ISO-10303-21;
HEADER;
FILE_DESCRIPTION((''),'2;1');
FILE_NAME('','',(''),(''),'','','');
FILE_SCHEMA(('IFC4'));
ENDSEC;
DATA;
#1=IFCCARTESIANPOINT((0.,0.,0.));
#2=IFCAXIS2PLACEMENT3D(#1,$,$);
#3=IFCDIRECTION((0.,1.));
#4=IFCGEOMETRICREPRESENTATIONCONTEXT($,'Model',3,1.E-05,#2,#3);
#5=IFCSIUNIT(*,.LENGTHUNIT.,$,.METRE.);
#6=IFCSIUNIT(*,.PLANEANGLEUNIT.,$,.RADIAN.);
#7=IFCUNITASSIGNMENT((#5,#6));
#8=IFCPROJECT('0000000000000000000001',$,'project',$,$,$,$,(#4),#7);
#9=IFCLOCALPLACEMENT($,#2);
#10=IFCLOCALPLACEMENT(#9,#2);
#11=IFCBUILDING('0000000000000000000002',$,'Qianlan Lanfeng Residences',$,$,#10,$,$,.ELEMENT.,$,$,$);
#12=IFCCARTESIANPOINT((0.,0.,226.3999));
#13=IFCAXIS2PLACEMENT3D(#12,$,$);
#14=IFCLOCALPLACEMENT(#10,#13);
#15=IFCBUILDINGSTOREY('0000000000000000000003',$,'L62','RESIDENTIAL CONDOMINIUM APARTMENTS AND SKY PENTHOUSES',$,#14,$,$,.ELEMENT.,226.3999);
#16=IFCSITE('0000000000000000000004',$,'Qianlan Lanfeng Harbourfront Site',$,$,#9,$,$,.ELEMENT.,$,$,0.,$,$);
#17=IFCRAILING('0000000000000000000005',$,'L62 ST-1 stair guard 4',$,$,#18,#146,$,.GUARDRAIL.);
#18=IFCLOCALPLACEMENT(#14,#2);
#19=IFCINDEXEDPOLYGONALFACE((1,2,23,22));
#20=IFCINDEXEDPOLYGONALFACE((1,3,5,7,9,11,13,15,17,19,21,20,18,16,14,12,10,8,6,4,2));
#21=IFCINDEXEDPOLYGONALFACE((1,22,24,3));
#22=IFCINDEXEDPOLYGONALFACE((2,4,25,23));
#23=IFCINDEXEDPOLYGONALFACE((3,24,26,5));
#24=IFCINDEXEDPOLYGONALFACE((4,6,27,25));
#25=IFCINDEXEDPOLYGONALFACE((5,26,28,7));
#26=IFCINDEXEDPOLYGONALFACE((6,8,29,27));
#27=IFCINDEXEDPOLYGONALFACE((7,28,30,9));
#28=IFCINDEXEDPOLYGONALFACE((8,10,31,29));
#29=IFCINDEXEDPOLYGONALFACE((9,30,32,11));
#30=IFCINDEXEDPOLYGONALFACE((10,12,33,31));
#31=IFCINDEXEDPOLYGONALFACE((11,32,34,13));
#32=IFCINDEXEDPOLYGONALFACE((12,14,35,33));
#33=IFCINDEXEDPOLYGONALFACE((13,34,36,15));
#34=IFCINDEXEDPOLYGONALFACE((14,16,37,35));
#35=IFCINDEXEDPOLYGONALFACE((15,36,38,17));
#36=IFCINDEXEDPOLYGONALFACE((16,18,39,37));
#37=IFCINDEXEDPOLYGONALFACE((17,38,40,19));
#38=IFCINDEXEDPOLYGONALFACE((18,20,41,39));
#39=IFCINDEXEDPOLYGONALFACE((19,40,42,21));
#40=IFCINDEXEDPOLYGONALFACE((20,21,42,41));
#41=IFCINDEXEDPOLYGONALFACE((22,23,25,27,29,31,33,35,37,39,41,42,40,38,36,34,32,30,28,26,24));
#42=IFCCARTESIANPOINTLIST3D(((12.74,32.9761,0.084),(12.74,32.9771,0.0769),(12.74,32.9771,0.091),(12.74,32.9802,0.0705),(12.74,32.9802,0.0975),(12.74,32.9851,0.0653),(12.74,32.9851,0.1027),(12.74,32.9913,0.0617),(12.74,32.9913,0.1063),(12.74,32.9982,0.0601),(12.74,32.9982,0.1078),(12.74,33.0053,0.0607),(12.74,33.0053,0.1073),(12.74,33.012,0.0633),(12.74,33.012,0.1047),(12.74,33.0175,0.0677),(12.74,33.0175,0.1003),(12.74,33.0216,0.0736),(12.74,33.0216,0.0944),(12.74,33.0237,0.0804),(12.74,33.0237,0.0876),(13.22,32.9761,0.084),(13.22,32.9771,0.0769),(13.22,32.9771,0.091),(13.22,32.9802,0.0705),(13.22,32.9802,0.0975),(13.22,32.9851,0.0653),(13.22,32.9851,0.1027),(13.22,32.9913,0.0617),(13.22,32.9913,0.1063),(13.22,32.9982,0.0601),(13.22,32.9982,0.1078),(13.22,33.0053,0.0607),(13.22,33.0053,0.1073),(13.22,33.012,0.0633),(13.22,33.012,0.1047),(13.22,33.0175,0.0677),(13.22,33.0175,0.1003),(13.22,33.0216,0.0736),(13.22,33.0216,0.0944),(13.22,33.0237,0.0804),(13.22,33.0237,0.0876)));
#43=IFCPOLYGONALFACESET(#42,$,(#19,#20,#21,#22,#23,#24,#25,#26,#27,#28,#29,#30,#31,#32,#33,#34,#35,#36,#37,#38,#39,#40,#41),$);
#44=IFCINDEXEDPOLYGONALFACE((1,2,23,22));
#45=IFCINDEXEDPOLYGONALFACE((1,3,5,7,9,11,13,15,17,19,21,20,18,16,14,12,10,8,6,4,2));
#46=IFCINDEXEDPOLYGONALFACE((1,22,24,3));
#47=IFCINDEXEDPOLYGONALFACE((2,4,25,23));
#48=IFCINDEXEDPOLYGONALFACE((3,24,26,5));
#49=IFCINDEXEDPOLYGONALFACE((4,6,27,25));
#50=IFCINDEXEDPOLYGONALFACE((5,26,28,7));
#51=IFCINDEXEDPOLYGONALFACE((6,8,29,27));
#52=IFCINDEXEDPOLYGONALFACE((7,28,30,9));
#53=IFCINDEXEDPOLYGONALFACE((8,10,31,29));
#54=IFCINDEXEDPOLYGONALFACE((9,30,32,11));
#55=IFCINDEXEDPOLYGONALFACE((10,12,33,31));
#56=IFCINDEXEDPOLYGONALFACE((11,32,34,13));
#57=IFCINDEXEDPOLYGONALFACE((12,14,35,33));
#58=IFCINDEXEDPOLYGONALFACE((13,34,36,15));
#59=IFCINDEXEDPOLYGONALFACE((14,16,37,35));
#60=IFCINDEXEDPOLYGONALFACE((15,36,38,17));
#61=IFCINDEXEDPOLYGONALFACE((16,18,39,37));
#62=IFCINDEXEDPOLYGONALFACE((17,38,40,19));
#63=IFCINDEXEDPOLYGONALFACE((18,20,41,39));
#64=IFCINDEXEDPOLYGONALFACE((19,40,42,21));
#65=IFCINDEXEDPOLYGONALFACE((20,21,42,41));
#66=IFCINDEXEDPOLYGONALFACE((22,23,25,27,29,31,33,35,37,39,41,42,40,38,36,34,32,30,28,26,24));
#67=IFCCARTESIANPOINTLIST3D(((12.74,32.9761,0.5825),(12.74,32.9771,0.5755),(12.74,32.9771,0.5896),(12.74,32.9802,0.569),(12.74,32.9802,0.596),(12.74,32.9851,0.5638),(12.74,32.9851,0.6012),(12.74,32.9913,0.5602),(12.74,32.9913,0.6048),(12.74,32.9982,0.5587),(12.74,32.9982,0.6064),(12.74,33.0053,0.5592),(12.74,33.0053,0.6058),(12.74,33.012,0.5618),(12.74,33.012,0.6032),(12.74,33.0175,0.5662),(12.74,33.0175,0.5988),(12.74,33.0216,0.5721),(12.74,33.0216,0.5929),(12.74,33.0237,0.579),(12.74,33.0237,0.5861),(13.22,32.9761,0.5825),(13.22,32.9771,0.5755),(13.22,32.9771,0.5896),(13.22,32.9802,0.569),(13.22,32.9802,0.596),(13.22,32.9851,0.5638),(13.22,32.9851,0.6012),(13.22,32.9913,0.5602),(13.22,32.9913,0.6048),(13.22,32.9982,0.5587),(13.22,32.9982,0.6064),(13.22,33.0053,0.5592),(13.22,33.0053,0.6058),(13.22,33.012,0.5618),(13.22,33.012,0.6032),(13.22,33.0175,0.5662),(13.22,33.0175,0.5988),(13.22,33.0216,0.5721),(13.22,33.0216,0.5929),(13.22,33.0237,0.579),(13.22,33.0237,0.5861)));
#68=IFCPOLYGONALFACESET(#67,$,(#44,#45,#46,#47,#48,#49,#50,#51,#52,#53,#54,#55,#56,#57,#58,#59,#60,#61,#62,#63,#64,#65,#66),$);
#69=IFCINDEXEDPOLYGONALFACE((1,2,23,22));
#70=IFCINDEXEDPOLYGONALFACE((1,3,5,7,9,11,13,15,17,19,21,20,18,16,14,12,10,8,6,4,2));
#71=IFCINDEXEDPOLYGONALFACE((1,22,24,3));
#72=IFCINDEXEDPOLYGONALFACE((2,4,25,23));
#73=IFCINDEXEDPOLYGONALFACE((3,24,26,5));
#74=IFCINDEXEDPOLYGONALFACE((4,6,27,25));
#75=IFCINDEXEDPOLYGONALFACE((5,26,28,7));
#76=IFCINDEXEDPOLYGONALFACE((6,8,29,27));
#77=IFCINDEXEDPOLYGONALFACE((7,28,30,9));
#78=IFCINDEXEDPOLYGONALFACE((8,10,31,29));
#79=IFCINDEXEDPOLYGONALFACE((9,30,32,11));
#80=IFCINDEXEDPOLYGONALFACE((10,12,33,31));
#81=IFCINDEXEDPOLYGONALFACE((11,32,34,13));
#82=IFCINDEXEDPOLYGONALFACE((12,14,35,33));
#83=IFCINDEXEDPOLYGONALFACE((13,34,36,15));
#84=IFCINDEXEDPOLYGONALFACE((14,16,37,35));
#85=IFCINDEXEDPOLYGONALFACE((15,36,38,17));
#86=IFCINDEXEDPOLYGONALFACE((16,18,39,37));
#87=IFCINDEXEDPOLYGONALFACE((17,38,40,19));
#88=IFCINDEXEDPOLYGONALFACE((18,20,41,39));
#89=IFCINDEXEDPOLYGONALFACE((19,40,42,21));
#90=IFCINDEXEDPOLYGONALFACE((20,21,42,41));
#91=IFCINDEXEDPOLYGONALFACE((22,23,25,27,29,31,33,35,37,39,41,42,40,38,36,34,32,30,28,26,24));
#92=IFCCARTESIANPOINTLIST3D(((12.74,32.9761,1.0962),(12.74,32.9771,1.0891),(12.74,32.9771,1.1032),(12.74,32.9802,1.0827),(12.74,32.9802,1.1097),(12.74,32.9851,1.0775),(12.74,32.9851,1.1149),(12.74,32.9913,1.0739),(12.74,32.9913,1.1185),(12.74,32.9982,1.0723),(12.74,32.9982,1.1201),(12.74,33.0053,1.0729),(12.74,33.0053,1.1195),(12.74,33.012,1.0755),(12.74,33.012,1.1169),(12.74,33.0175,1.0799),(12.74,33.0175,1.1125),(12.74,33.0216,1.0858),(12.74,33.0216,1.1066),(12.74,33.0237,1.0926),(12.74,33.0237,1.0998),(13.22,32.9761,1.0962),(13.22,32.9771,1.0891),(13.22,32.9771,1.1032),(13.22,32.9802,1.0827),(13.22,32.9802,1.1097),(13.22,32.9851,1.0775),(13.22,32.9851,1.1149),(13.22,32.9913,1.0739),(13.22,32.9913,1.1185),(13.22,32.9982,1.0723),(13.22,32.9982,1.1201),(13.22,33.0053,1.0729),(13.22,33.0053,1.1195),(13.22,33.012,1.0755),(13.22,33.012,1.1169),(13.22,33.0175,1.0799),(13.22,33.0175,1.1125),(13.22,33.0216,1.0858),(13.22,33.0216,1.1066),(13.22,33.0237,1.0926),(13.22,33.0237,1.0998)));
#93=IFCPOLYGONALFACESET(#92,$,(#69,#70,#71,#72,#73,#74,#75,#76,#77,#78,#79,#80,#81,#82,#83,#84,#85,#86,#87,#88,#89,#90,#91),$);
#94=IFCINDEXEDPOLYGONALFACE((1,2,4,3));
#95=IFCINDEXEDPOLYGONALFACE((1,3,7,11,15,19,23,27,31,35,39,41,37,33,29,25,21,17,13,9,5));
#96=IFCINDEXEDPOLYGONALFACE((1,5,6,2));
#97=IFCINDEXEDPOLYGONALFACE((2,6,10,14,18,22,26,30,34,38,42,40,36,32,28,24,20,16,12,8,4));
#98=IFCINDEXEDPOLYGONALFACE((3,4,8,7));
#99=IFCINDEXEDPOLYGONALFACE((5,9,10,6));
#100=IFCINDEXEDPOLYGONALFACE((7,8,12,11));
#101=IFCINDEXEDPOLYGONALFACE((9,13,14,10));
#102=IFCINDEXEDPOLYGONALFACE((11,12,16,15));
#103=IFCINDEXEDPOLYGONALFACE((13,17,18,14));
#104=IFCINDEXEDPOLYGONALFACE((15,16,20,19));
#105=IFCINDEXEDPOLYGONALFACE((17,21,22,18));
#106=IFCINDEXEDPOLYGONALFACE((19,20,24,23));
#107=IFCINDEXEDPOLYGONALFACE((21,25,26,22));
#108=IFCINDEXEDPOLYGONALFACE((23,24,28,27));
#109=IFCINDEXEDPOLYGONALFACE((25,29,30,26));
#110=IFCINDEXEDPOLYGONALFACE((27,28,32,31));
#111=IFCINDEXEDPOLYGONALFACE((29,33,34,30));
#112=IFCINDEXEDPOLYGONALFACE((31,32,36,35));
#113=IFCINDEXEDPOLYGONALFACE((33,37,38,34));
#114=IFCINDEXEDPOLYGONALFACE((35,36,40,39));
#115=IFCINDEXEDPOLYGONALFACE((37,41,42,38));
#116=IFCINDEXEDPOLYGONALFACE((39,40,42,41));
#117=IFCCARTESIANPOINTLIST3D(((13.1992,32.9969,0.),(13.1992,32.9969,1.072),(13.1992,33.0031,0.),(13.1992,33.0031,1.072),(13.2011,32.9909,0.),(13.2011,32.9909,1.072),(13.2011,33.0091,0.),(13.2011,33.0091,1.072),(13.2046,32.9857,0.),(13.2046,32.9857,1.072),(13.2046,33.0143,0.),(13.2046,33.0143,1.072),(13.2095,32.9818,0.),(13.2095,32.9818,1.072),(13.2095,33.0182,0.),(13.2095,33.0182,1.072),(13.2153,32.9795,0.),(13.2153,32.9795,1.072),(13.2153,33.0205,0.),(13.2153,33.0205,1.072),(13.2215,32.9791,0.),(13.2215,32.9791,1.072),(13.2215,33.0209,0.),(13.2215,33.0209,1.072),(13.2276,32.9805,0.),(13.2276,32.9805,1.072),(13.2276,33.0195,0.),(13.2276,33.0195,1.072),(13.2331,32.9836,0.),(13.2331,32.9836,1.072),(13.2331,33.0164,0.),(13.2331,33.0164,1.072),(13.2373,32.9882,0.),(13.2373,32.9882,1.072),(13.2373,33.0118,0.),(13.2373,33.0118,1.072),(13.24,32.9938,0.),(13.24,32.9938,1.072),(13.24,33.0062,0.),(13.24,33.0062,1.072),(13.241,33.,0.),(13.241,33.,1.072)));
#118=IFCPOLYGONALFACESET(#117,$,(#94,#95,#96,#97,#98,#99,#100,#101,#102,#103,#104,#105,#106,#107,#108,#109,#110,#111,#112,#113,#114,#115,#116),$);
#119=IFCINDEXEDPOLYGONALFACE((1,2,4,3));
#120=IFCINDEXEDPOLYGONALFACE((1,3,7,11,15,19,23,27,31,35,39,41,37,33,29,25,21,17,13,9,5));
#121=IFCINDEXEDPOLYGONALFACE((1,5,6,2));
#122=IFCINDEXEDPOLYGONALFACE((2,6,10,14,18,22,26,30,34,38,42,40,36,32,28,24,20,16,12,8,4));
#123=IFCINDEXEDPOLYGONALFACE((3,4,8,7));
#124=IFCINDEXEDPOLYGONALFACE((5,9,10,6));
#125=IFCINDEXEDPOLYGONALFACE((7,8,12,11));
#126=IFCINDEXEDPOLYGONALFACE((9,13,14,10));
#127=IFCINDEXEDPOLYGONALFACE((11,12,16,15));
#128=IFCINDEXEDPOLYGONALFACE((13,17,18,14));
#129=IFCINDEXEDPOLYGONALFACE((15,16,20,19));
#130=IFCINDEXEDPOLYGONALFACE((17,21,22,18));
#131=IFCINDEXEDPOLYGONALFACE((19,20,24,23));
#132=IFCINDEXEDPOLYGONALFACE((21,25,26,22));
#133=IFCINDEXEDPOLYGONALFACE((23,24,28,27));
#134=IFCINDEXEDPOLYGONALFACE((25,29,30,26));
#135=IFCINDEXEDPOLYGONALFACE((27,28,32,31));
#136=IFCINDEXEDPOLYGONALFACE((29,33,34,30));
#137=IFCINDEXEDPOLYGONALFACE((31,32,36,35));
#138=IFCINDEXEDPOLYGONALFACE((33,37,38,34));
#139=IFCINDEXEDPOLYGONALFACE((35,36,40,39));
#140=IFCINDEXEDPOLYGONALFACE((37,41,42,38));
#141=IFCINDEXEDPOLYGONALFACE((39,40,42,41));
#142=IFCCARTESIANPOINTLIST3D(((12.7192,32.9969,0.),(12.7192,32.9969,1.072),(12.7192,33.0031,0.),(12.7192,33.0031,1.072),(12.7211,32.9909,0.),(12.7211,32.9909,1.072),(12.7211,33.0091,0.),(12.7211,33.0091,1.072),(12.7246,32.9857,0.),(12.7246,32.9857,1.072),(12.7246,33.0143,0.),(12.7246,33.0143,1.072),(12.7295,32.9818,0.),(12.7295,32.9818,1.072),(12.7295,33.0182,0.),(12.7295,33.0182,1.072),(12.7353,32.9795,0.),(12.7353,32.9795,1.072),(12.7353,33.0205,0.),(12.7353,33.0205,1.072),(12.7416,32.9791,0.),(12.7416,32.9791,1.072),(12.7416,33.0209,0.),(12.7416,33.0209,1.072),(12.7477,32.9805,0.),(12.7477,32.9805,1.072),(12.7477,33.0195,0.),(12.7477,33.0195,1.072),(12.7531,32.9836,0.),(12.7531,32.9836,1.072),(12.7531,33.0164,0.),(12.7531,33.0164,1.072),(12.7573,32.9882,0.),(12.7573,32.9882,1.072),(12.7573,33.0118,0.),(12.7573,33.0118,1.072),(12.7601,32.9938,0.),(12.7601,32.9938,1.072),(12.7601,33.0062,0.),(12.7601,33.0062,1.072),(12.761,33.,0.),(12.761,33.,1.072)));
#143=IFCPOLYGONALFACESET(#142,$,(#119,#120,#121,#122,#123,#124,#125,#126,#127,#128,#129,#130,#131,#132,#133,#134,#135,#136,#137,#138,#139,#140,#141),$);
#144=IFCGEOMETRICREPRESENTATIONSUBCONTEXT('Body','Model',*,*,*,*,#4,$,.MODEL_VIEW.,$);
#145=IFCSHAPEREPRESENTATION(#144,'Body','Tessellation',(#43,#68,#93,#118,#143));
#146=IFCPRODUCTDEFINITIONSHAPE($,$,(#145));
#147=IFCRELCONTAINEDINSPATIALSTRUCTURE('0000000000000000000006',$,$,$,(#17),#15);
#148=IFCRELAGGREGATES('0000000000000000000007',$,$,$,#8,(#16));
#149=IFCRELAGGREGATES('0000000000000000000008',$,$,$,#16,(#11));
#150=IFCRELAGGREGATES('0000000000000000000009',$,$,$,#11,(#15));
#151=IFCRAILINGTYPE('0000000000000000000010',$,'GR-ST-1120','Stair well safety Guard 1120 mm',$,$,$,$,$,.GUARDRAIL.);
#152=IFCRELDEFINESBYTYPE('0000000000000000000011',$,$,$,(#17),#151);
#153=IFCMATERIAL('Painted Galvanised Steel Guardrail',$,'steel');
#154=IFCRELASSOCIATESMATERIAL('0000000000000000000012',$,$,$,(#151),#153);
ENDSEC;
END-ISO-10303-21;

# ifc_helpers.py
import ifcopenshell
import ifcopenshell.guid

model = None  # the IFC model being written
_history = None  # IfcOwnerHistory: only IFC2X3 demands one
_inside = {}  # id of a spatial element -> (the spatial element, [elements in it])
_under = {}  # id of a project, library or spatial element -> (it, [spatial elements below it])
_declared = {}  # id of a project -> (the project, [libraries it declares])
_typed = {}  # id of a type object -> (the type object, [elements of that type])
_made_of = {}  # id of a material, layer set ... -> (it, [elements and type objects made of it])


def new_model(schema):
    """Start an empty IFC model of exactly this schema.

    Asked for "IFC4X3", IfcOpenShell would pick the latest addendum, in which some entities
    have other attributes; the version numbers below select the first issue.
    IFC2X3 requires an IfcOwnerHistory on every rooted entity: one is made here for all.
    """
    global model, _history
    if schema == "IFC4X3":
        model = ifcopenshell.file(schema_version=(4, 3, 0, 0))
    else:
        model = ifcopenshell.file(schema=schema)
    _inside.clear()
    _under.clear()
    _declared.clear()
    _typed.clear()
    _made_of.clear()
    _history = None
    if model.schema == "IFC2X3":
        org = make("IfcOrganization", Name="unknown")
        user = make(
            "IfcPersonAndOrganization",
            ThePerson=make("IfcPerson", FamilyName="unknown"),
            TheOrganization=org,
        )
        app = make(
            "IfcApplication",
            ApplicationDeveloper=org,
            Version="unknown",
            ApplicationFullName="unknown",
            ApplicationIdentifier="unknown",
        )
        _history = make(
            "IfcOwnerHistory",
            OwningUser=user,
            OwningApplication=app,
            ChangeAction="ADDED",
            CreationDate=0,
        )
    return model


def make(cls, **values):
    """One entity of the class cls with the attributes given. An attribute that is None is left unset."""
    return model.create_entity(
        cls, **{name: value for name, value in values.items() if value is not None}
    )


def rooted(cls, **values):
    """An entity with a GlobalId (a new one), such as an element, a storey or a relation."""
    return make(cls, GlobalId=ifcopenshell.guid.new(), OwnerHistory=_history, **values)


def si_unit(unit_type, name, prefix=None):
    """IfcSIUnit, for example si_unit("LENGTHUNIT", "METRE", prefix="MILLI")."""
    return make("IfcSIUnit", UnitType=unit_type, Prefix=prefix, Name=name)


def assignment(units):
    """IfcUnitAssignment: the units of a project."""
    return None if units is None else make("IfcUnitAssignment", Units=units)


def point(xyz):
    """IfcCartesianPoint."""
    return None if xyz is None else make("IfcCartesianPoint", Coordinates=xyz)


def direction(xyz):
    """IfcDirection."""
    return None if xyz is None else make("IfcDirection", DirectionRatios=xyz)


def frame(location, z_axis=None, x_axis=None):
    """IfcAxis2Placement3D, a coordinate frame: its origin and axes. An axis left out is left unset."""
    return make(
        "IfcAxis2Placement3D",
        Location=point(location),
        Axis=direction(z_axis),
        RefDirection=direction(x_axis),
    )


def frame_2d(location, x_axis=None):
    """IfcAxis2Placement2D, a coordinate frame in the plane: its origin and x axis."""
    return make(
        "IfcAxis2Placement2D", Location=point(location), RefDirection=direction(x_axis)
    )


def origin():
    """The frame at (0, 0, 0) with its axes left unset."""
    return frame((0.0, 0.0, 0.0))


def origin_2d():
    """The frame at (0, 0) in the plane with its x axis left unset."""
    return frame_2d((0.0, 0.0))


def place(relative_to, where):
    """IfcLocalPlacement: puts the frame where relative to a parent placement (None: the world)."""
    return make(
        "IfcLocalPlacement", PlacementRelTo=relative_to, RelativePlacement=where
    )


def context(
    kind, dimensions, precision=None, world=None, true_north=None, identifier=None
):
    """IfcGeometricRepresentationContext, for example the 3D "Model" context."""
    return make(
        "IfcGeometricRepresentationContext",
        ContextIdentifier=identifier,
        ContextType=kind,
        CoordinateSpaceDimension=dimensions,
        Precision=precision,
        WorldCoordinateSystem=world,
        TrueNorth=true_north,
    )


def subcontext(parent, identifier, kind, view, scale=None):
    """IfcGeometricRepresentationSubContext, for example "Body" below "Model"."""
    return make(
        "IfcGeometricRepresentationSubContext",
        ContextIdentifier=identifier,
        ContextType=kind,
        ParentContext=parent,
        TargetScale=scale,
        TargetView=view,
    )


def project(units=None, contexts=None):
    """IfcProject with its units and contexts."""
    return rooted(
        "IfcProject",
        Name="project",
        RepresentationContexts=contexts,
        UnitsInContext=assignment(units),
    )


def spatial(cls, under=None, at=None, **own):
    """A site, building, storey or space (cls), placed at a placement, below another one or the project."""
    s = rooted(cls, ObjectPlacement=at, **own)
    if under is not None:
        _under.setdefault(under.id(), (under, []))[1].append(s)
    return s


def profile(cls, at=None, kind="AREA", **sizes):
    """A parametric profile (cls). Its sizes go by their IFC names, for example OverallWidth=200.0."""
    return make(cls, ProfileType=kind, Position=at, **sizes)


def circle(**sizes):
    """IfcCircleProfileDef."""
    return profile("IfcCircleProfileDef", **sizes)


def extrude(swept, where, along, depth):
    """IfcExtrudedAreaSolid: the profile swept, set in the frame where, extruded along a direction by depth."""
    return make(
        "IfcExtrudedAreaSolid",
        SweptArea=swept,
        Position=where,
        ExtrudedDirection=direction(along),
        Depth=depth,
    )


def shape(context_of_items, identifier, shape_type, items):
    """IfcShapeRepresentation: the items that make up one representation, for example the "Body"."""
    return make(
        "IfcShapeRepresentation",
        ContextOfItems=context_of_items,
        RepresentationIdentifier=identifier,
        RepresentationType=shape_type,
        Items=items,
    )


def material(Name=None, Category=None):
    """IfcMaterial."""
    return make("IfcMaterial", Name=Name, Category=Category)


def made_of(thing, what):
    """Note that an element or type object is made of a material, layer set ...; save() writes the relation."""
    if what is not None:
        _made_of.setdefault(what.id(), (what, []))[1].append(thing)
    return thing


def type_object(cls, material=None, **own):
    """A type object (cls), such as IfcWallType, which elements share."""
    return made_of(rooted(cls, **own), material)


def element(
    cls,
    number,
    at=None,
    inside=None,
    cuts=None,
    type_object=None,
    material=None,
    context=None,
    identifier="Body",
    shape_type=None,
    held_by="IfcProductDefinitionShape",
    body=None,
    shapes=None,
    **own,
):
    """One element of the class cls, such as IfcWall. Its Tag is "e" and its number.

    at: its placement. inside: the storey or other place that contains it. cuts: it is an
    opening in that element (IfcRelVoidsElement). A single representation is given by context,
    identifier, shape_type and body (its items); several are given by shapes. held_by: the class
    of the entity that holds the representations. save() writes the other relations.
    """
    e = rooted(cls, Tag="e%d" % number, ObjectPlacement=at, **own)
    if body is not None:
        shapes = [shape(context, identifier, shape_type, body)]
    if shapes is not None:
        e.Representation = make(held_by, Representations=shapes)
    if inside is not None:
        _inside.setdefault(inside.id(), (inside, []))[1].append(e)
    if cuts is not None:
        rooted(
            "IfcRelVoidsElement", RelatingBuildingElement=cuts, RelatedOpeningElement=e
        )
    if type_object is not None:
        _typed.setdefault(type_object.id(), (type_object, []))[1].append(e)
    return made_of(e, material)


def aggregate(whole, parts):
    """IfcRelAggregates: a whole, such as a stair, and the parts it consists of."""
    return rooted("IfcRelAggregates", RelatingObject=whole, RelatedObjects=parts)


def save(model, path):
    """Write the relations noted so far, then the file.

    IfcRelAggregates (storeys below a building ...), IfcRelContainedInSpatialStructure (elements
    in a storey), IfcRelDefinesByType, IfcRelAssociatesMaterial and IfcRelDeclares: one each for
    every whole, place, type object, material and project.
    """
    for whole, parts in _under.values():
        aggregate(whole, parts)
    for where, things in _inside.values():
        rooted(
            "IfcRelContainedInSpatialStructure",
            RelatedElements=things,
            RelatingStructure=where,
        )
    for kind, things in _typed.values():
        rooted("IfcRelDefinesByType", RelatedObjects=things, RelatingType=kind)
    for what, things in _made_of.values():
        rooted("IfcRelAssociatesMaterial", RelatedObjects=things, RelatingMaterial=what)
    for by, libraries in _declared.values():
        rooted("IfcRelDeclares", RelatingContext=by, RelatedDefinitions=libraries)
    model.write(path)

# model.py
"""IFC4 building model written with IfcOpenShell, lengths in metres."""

from ifc_helpers import new_model, si_unit, direction, frame, origin, origin_2d, place, context, subcontext, project, spatial, circle, extrude, material, type_object, element, save


model = new_model("IFC4")

# Units and contexts
model_context = context("Model", 3, precision=1e-05, world=origin(), true_north=direction((0.0, 1.0)))
body_context = subcontext(model_context, "Body", "Model", "MODEL_VIEW")
ifc_project = project(units=[si_unit("LENGTHUNIT", "METRE"), si_unit("PLANEANGLEUNIT", "RADIAN")], contexts=[model_context])

# Site, building, storey
site_placement = place(None, origin())
site = spatial("IfcSite", under=ifc_project, at=site_placement, Name="Qianlan Lanfeng Harbourfront Site", CompositionType="ELEMENT", RefElevation=0.0)
building_placement = place(site_placement, origin())
building = spatial("IfcBuilding", under=site, at=building_placement, Name="Qianlan Lanfeng Residences", CompositionType="ELEMENT")
storey_placement = place(building_placement, frame((0.0, 0.0, 226.3999)))
storey = spatial("IfcBuildingStorey", under=building, at=storey_placement, Name="L62", Description="RESIDENTIAL CONDOMINIUM APARTMENTS AND SKY PENTHOUSES", CompositionType="ELEMENT", Elevation=226.3999)

# Railing
ifc_material_1 = material(Name="Painted Galvanised Steel Guardrail", Category="steel")
railing_type_1 = type_object("IfcRailingType", Name="GR-ST-1120", Description="Stair well safety Guard 1120 mm", PredefinedType="GUARDRAIL", material=ifc_material_1)
railing_1_placement = place(storey_placement, frame((13.22, 33.0, 0.0)))
element("IfcRailing", 1, at=railing_1_placement, inside=storey, type_object=railing_type_1, Name="L62 ST-1 stair guard 4", PredefinedType="GUARDRAIL", context=body_context, shape_type="SweptSolid", body=[
    extrude(circle(Radius=0.0239, at=origin_2d()), frame((0.0, 0.0, 0.084), z_axis=(-1.0, 0.0, 0.0), x_axis=(0.0, -1.0, 0.0)), (0.0, 0.0, 1.0), 0.48),
    extrude(circle(Radius=0.0239, at=origin_2d()), frame((0.0, 0.0, 0.5825), z_axis=(-1.0, 0.0, 0.0), x_axis=(0.0, -1.0, 0.0)), (0.0, 0.0, 1.0), 0.48),
    extrude(circle(Radius=0.0239, at=origin_2d()), frame((0.0, 0.0, 1.0962), z_axis=(-1.0, 0.0, 0.0), x_axis=(0.0, -1.0, 0.0)), (0.0, 0.0, 1.0), 0.48),
    extrude(circle(Radius=0.021, at=origin_2d()), origin(), (0.0, 0.0, 1.0), 1.072),
    extrude(circle(Radius=0.021, at=origin_2d()), frame((-0.48, 0.0, 0.0)), (0.0, 0.0, 1.0), 1.072),
])

save(model, "model.ifc")
